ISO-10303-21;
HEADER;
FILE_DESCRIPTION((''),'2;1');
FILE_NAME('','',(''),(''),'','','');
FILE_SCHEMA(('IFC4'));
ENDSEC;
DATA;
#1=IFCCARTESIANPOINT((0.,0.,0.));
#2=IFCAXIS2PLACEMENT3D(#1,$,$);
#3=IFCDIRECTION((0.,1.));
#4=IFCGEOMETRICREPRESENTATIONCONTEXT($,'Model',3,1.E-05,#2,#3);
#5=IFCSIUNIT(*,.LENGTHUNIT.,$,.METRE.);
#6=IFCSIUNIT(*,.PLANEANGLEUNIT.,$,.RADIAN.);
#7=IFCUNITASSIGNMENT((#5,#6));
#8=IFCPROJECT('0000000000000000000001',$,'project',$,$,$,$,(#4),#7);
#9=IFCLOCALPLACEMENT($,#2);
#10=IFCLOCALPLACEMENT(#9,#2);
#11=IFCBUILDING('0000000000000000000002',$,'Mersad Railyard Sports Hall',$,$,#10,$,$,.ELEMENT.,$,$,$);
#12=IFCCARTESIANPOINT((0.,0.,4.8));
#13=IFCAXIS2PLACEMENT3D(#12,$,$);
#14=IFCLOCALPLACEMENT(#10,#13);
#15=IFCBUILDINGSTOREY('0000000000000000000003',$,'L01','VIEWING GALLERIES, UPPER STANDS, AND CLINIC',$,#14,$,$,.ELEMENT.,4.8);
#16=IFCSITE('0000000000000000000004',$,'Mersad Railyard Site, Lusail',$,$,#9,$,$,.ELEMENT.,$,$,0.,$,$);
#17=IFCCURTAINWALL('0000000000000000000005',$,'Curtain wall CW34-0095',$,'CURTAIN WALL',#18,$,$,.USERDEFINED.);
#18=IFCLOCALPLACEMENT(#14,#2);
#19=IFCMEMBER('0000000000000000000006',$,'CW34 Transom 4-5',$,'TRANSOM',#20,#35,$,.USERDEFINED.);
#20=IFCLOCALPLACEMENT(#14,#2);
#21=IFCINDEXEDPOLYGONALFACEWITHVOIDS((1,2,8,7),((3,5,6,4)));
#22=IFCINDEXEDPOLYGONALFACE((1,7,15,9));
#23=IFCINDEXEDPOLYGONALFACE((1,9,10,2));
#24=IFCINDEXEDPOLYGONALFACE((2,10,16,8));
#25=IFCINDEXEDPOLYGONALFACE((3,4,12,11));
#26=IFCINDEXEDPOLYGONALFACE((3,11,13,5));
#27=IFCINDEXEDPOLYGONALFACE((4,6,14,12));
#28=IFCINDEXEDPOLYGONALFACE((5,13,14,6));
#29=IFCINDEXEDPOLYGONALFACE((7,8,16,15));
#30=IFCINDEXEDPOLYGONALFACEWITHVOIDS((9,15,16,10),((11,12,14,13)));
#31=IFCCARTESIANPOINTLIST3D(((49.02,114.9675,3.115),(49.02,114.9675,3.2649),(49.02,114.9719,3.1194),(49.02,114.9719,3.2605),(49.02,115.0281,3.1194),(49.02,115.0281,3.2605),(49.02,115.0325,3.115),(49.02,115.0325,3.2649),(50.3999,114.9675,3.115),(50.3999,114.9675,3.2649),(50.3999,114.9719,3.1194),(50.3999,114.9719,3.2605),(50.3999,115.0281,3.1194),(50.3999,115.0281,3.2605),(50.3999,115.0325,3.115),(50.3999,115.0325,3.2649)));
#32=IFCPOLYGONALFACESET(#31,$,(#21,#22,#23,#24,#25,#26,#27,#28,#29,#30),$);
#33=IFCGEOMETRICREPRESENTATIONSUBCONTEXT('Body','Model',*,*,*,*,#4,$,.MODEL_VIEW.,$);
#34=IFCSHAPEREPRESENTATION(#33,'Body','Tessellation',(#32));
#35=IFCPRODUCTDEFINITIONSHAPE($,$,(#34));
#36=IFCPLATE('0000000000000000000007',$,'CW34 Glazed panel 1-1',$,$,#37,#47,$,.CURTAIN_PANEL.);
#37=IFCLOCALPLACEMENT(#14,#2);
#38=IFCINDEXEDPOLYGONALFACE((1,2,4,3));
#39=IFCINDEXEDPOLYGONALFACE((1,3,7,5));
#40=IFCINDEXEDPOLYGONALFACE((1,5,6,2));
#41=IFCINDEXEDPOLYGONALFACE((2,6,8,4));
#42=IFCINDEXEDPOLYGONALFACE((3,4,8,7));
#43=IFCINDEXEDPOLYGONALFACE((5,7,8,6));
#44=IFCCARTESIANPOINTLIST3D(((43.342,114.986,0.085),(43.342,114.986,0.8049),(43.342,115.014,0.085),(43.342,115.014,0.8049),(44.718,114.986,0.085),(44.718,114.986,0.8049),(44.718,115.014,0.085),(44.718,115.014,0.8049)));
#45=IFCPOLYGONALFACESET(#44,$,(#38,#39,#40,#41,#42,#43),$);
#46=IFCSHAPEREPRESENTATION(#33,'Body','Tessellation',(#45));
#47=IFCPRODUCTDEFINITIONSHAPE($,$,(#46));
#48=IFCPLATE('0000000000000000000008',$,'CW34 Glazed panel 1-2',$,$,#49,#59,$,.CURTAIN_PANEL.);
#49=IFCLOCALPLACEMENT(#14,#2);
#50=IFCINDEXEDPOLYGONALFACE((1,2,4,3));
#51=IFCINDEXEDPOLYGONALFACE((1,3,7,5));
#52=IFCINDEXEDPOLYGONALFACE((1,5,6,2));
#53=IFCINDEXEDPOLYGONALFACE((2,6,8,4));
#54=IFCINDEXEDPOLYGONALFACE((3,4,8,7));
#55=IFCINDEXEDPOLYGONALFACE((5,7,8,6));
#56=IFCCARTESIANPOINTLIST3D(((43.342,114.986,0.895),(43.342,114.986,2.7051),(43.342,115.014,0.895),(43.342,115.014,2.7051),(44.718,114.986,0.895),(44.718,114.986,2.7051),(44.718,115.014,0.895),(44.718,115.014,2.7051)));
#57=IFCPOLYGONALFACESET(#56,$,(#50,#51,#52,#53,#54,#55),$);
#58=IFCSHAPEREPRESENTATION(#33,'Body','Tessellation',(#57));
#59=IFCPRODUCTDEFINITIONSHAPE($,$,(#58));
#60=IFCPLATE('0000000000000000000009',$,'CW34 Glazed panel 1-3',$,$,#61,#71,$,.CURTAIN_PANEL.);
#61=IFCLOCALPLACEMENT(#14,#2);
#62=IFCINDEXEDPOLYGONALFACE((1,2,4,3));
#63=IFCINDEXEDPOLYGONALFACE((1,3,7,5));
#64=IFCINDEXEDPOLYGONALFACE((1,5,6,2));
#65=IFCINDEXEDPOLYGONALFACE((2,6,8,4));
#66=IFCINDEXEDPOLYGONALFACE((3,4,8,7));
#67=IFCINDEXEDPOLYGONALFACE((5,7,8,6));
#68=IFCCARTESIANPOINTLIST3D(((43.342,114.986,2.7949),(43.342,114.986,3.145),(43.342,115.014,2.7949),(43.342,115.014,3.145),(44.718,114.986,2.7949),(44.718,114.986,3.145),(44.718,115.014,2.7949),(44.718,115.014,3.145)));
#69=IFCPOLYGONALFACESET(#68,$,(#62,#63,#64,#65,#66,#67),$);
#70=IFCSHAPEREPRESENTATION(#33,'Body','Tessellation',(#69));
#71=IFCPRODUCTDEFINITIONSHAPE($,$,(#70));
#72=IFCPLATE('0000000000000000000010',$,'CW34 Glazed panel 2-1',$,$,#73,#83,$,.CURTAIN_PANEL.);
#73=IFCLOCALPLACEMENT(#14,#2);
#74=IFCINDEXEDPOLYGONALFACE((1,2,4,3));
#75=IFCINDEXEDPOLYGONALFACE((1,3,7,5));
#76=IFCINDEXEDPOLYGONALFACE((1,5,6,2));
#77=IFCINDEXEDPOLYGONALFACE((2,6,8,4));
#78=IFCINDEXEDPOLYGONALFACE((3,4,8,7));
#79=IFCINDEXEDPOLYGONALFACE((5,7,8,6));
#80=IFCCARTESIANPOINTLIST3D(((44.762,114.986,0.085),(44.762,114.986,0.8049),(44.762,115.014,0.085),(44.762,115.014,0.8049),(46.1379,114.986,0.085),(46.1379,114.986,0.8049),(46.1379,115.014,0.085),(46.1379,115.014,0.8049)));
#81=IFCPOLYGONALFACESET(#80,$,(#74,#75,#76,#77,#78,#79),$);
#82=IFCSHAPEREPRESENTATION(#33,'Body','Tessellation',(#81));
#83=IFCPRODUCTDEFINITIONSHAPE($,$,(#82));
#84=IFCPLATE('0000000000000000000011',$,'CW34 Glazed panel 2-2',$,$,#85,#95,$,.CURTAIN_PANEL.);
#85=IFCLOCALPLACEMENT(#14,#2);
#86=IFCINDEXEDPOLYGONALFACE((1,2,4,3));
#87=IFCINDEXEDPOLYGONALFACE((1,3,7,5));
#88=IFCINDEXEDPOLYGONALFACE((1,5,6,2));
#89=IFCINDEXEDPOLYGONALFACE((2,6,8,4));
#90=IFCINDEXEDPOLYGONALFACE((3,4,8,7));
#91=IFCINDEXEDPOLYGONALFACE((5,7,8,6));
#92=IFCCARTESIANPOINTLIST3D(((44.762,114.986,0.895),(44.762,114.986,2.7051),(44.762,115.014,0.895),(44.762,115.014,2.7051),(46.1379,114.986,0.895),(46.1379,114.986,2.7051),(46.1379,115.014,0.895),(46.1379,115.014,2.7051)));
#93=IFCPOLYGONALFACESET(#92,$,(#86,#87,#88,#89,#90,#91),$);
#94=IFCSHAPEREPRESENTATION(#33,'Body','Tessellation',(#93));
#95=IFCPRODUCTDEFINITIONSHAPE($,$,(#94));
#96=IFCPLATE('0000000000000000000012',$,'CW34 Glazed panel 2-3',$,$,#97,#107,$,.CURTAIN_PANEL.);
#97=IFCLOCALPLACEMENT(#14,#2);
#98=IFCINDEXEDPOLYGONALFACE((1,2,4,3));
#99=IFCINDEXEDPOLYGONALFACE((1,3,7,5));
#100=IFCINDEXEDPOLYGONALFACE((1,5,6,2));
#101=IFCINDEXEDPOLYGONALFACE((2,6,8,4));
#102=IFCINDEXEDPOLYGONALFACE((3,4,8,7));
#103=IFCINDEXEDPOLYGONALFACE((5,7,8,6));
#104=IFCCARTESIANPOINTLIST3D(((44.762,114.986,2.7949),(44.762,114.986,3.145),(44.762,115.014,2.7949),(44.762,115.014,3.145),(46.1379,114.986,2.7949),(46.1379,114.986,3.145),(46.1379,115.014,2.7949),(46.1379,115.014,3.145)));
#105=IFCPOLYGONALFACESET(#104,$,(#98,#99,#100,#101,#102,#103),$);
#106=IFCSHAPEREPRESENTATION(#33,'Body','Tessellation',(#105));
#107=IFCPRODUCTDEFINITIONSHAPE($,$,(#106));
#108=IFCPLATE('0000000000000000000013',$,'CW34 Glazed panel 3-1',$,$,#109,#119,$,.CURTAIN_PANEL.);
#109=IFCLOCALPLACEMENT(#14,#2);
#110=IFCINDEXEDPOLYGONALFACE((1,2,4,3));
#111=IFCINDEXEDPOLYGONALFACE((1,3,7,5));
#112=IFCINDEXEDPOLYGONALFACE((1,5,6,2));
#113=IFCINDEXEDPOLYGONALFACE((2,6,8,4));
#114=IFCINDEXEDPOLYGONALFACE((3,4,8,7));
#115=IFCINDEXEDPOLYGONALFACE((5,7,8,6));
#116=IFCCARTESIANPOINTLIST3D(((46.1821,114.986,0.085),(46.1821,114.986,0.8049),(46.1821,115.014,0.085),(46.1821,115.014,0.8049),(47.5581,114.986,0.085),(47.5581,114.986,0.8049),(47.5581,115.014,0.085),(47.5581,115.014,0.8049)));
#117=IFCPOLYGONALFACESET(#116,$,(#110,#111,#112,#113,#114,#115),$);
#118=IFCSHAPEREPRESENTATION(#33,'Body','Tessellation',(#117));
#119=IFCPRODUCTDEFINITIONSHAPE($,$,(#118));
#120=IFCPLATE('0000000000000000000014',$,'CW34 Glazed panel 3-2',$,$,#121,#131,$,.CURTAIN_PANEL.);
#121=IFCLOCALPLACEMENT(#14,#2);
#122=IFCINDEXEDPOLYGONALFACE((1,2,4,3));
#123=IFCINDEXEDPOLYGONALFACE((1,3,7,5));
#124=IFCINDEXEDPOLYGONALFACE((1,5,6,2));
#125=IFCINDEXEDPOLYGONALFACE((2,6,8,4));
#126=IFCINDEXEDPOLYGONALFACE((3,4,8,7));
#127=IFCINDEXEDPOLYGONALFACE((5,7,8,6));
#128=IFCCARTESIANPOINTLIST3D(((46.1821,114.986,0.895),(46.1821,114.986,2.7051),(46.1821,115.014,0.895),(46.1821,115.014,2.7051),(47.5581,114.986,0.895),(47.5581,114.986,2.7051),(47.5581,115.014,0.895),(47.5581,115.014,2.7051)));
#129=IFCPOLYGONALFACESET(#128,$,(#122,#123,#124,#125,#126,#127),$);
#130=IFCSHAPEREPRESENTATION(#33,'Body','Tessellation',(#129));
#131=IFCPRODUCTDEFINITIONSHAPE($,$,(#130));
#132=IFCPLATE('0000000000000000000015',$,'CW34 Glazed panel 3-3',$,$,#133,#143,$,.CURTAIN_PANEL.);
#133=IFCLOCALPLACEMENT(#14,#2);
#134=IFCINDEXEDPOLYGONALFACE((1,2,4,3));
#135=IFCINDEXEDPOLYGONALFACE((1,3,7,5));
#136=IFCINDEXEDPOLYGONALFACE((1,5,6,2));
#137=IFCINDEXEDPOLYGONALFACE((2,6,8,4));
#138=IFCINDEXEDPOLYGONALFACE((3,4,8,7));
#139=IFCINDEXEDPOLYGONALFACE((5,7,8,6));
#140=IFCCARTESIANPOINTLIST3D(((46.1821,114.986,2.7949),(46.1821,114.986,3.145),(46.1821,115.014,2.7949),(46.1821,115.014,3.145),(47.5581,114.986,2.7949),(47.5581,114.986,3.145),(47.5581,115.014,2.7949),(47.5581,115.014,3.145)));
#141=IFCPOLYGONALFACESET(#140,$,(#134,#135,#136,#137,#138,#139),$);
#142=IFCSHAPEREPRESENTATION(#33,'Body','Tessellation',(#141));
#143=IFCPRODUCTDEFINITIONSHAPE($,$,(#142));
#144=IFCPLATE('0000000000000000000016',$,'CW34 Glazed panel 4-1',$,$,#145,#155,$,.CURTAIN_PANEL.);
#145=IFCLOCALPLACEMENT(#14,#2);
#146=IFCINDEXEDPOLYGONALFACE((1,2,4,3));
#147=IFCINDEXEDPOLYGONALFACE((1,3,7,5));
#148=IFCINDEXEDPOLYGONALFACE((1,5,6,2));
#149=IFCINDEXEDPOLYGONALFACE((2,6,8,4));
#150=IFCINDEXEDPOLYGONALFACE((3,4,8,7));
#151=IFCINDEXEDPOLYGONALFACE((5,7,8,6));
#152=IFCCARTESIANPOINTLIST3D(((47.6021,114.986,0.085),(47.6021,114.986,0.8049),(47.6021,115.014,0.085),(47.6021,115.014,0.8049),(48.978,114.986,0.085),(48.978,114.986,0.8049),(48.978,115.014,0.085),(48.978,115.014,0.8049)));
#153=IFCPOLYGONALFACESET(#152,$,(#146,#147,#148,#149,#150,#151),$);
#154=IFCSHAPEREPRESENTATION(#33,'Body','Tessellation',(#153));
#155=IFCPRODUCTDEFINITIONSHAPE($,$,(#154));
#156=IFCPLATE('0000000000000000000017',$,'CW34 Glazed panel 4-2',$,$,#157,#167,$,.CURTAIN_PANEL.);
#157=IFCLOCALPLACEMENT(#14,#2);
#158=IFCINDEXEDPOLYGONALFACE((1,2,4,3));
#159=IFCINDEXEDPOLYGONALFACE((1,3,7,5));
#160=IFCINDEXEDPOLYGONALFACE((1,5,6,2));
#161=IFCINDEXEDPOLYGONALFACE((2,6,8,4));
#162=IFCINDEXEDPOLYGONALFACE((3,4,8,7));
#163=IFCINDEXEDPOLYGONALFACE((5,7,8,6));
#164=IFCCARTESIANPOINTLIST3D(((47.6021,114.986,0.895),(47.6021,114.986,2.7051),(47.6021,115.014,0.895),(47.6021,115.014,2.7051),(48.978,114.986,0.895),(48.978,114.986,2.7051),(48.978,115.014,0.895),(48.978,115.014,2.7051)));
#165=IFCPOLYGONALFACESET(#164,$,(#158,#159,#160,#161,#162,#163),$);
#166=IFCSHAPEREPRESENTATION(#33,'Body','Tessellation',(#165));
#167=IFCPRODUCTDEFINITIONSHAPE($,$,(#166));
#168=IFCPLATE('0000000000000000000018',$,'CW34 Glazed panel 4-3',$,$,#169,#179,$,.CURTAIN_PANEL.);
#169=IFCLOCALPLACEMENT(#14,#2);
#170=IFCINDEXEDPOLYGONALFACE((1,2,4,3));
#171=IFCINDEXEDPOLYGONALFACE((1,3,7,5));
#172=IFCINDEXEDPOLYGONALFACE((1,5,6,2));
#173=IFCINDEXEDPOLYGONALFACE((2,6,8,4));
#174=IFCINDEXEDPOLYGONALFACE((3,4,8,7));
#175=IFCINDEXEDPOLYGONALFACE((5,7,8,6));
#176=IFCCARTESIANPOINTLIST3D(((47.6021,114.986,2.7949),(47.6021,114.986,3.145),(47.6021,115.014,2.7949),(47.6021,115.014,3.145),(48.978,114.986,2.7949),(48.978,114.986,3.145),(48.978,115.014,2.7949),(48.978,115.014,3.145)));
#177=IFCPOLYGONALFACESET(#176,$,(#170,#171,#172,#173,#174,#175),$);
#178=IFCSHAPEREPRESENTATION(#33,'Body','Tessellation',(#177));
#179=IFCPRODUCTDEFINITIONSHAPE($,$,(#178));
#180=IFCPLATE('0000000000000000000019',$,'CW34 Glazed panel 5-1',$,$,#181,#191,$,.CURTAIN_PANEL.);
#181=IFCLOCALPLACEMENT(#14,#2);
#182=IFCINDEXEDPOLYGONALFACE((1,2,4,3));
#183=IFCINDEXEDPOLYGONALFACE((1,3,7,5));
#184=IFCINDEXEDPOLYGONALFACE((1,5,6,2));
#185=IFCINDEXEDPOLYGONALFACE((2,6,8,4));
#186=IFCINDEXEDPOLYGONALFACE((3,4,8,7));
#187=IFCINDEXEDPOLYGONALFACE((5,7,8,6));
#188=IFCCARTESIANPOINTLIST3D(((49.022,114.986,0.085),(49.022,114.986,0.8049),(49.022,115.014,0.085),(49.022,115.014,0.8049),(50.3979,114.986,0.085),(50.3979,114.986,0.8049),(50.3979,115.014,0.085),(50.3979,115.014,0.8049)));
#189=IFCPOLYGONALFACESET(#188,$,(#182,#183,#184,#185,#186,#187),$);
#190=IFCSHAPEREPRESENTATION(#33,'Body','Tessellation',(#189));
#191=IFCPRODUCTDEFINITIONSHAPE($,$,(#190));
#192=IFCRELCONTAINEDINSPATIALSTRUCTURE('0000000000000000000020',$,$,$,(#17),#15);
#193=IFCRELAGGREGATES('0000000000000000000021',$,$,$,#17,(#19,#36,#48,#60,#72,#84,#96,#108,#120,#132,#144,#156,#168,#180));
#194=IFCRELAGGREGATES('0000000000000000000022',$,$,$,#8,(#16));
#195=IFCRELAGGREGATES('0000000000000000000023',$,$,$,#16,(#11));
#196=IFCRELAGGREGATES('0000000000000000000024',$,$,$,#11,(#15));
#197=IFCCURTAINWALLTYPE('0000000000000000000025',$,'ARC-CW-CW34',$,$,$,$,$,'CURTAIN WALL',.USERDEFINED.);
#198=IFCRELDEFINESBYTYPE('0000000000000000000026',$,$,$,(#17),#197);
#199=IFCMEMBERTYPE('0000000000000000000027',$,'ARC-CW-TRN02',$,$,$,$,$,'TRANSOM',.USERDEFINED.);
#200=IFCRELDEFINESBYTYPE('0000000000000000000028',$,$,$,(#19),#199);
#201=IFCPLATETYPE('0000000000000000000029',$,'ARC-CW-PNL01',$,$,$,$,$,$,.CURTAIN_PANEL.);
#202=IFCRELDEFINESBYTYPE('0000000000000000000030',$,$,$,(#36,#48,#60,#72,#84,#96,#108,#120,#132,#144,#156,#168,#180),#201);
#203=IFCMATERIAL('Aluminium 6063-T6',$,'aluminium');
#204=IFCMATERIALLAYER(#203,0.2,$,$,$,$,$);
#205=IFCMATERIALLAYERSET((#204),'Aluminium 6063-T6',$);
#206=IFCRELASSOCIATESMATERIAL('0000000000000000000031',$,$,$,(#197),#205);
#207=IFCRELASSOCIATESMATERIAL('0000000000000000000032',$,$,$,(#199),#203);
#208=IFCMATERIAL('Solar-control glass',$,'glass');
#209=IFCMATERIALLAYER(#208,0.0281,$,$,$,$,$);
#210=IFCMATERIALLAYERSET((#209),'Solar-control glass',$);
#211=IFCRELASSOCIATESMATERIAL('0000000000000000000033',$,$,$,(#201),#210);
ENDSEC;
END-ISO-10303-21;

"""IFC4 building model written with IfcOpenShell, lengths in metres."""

from ifc_helpers import new_model, si_unit, direction, frame, origin, origin_2d, place, context, subcontext, project, spatial, rectangle, hollow_rectangle, extrude, material, layer, layer_set, material_profile, profile_set, type_object, element, aggregate, save


model = new_model("IFC4")

# Units and contexts
model_context = context("Model", 3, precision=1e-05, world=origin(), true_north=direction((0.0, 1.0)))
body_context = subcontext(model_context, "Body", "Model", "MODEL_VIEW")
ifc_project = project(units=[si_unit("LENGTHUNIT", "METRE"), si_unit("PLANEANGLEUNIT", "RADIAN")], contexts=[model_context])

# Site, building, storey
site_placement = place(None, origin())
site = spatial("IfcSite", under=ifc_project, at=site_placement, Name="Mersad Railyard Site, Lusail", CompositionType="ELEMENT", RefElevation=0.0)
building_placement = place(site_placement, origin())
building = spatial("IfcBuilding", under=site, at=building_placement, Name="Mersad Railyard Sports Hall", CompositionType="ELEMENT")
storey_placement = place(building_placement, frame((0.0, 0.0, 4.8)))
storey = spatial("IfcBuildingStorey", under=building, at=storey_placement, Name="L01", Description="VIEWING GALLERIES, UPPER STANDS, AND CLINIC", CompositionType="ELEMENT", Elevation=4.8)

# Curtain wall, member, plates
ifc_material_1 = material(Name="Aluminium 6063-T6", Category="aluminium")
ifc_layer_1 = layer(ifc_material_1, 0.2)
ifc_layer_set_1 = layer_set([ifc_layer_1], Name="Aluminium 6063-T6")
curtain_wall_type = type_object("IfcCurtainWallType", Name="ARC-CW-CW34", ElementType="CURTAIN WALL", PredefinedType="USERDEFINED", material=ifc_layer_set_1)
curtain_wall_placement = place(storey_placement, origin())
curtain_wall = element("IfcCurtainWall", 1, at=curtain_wall_placement, inside=storey, type_object=curtain_wall_type, Name="Curtain wall CW34-0095", ObjectType="CURTAIN WALL", PredefinedType="USERDEFINED")
ifc_material_profile_1 = material_profile(ifc_material_1, hollow_rectangle(XDim=0.0649, YDim=0.1499, WallThickness=0.0044, at=origin_2d()), Name="AL TRANSOM 65x150x4.5")
ifc_profile_set_1 = profile_set([ifc_material_profile_1], Name="Aluminium 6063-T6")
member_type_1 = type_object("IfcMemberType", Name="ARC-CW-TRN02", ElementType="TRANSOM", PredefinedType="USERDEFINED", material=ifc_profile_set_1)
member_1_placement = place(storey_placement, frame((49.02, 115.0, 3.1899), z_axis=(1.0, 0.0, 0.0), x_axis=(0.0, 1.0, 0.0)))
member_1 = element("IfcMember", 2, at=member_1_placement, type_object=member_type_1, Name="CW34 Transom 4-5", ObjectType="TRANSOM", PredefinedType="USERDEFINED", context=body_context, shape_type="SweptSolid", body=[
    extrude(hollow_rectangle(XDim=0.0649, YDim=0.1499, WallThickness=0.0044, at=origin_2d()), origin(), (0.0, 0.0, 1.0), 1.3799),
])
ifc_material_2 = material(Name="Solar-control glass", Category="glass")
ifc_layer_2 = layer(ifc_material_2, 0.0281)
ifc_layer_set_2 = layer_set([ifc_layer_2], Name="Solar-control glass")
plate_type = type_object("IfcPlateType", Name="ARC-CW-PNL01", PredefinedType="CURTAIN_PANEL", material=ifc_layer_set_2)
plate_1_placement = place(storey_placement, frame((44.03, 115.0, 0.085), z_axis=(0.0, 0.0, 1.0), x_axis=(1.0, 0.0, 0.0)))
plate_1 = element("IfcPlate", 3, at=plate_1_placement, type_object=plate_type, Name="CW34 Glazed panel 1-1", PredefinedType="CURTAIN_PANEL", context=body_context, shape_type="SweptSolid", body=[
    extrude(rectangle(XDim=1.376, YDim=0.0281, at=origin_2d()), origin(), (0.0, 0.0, 1.0), 0.72),
])
plate_2_placement = place(storey_placement, frame((44.03, 115.0, 0.895), z_axis=(0.0, 0.0, 1.0), x_axis=(1.0, 0.0, 0.0)))
plate_2 = element("IfcPlate", 4, at=plate_2_placement, type_object=plate_type, Name="CW34 Glazed panel 1-2", PredefinedType="CURTAIN_PANEL", context=body_context, shape_type="SweptSolid", body=[
    extrude(rectangle(XDim=1.376, YDim=0.0281, at=origin_2d()), origin(), (0.0, 0.0, 1.0), 1.8101),
])
plate_3_placement = place(storey_placement, frame((44.03, 115.0, 2.7949), z_axis=(0.0, 0.0, 1.0), x_axis=(1.0, 0.0, 0.0)))
plate_3 = element("IfcPlate", 5, at=plate_3_placement, type_object=plate_type, Name="CW34 Glazed panel 1-3", PredefinedType="CURTAIN_PANEL", context=body_context, shape_type="SweptSolid", body=[
    extrude(rectangle(XDim=1.376, YDim=0.0281, at=origin_2d()), origin(), (0.0, 0.0, 1.0), 0.3501),
])
plate_4_placement = place(storey_placement, frame((45.45, 115.0, 0.085), z_axis=(0.0, 0.0, 1.0), x_axis=(1.0, 0.0, 0.0)))
plate_4 = element("IfcPlate", 6, at=plate_4_placement, type_object=plate_type, Name="CW34 Glazed panel 2-1", PredefinedType="CURTAIN_PANEL", context=body_context, shape_type="SweptSolid", body=[
    extrude(rectangle(XDim=1.376, YDim=0.0281, at=origin_2d()), origin(), (0.0, 0.0, 1.0), 0.72),
])
plate_5_placement = place(storey_placement, frame((45.45, 115.0, 0.895), z_axis=(0.0, 0.0, 1.0), x_axis=(1.0, 0.0, 0.0)))
plate_5 = element("IfcPlate", 7, at=plate_5_placement, type_object=plate_type, Name="CW34 Glazed panel 2-2", PredefinedType="CURTAIN_PANEL", context=body_context, shape_type="SweptSolid", body=[
    extrude(rectangle(XDim=1.376, YDim=0.0281, at=origin_2d()), origin(), (0.0, 0.0, 1.0), 1.8101),
])
plate_6_placement = place(storey_placement, frame((45.45, 115.0, 2.7949), z_axis=(0.0, 0.0, 1.0), x_axis=(1.0, 0.0, 0.0)))
plate_6 = element("IfcPlate", 8, at=plate_6_placement, type_object=plate_type, Name="CW34 Glazed panel 2-3", PredefinedType="CURTAIN_PANEL", context=body_context, shape_type="SweptSolid", body=[
    extrude(rectangle(XDim=1.376, YDim=0.0281, at=origin_2d()), origin(), (0.0, 0.0, 1.0), 0.3501),
])
plate_7_placement = place(storey_placement, frame((46.8701, 115.0, 0.085), z_axis=(0.0, 0.0, 1.0), x_axis=(1.0, 0.0, 0.0)))
plate_7 = element("IfcPlate", 9, at=plate_7_placement, type_object=plate_type, Name="CW34 Glazed panel 3-1", PredefinedType="CURTAIN_PANEL", context=body_context, shape_type="SweptSolid", body=[
    extrude(rectangle(XDim=1.376, YDim=0.0281, at=origin_2d()), origin(), (0.0, 0.0, 1.0), 0.72),
])
plate_8_placement = place(storey_placement, frame((46.8701, 115.0, 0.895), z_axis=(0.0, 0.0, 1.0), x_axis=(1.0, 0.0, 0.0)))
plate_8 = element("IfcPlate", 10, at=plate_8_placement, type_object=plate_type, Name="CW34 Glazed panel 3-2", PredefinedType="CURTAIN_PANEL", context=body_context, shape_type="SweptSolid", body=[
    extrude(rectangle(XDim=1.376, YDim=0.0281, at=origin_2d()), origin(), (0.0, 0.0, 1.0), 1.8101),
])
plate_9_placement = place(storey_placement, frame((46.8701, 115.0, 2.7949), z_axis=(0.0, 0.0, 1.0), x_axis=(1.0, 0.0, 0.0)))
plate_9 = element("IfcPlate", 11, at=plate_9_placement, type_object=plate_type, Name="CW34 Glazed panel 3-3", PredefinedType="CURTAIN_PANEL", context=body_context, shape_type="SweptSolid", body=[
    extrude(rectangle(XDim=1.376, YDim=0.0281, at=origin_2d()), origin(), (0.0, 0.0, 1.0), 0.3501),
])
plate_10_placement = place(storey_placement, frame((48.29, 115.0, 0.085), z_axis=(0.0, 0.0, 1.0), x_axis=(1.0, 0.0, 0.0)))
plate_10 = element("IfcPlate", 12, at=plate_10_placement, type_object=plate_type, Name="CW34 Glazed panel 4-1", PredefinedType="CURTAIN_PANEL", context=body_context, shape_type="SweptSolid", body=[
    extrude(rectangle(XDim=1.376, YDim=0.0281, at=origin_2d()), origin(), (0.0, 0.0, 1.0), 0.72),
])
plate_11_placement = place(storey_placement, frame((48.29, 115.0, 0.895), z_axis=(0.0, 0.0, 1.0), x_axis=(1.0, 0.0, 0.0)))
plate_11 = element("IfcPlate", 13, at=plate_11_placement, type_object=plate_type, Name="CW34 Glazed panel 4-2", PredefinedType="CURTAIN_PANEL", context=body_context, shape_type="SweptSolid", body=[
    extrude(rectangle(XDim=1.376, YDim=0.0281, at=origin_2d()), origin(), (0.0, 0.0, 1.0), 1.8101),
])
plate_12_placement = place(storey_placement, frame((48.29, 115.0, 2.7949), z_axis=(0.0, 0.0, 1.0), x_axis=(1.0, 0.0, 0.0)))
plate_12 = element("IfcPlate", 14, at=plate_12_placement, type_object=plate_type, Name="CW34 Glazed panel 4-3", PredefinedType="CURTAIN_PANEL", context=body_context, shape_type="SweptSolid", body=[
    extrude(rectangle(XDim=1.376, YDim=0.0281, at=origin_2d()), origin(), (0.0, 0.0, 1.0), 0.3501),
])
plate_13_placement = place(storey_placement, frame((49.71, 115.0, 0.085), z_axis=(0.0, 0.0, 1.0), x_axis=(1.0, 0.0, 0.0)))
plate_13 = element("IfcPlate", 15, at=plate_13_placement, type_object=plate_type, Name="CW34 Glazed panel 5-1", PredefinedType="CURTAIN_PANEL", context=body_context, shape_type="SweptSolid", body=[
    extrude(rectangle(XDim=1.376, YDim=0.0281, at=origin_2d()), origin(), (0.0, 0.0, 1.0), 0.72),
])
aggregate(curtain_wall, [member_1, plate_1, plate_2, plate_3, plate_4, plate_5, plate_6, plate_7, plate_8, plate_9, plate_10, plate_11, plate_12, plate_13])

save(model, "model.ifc")
